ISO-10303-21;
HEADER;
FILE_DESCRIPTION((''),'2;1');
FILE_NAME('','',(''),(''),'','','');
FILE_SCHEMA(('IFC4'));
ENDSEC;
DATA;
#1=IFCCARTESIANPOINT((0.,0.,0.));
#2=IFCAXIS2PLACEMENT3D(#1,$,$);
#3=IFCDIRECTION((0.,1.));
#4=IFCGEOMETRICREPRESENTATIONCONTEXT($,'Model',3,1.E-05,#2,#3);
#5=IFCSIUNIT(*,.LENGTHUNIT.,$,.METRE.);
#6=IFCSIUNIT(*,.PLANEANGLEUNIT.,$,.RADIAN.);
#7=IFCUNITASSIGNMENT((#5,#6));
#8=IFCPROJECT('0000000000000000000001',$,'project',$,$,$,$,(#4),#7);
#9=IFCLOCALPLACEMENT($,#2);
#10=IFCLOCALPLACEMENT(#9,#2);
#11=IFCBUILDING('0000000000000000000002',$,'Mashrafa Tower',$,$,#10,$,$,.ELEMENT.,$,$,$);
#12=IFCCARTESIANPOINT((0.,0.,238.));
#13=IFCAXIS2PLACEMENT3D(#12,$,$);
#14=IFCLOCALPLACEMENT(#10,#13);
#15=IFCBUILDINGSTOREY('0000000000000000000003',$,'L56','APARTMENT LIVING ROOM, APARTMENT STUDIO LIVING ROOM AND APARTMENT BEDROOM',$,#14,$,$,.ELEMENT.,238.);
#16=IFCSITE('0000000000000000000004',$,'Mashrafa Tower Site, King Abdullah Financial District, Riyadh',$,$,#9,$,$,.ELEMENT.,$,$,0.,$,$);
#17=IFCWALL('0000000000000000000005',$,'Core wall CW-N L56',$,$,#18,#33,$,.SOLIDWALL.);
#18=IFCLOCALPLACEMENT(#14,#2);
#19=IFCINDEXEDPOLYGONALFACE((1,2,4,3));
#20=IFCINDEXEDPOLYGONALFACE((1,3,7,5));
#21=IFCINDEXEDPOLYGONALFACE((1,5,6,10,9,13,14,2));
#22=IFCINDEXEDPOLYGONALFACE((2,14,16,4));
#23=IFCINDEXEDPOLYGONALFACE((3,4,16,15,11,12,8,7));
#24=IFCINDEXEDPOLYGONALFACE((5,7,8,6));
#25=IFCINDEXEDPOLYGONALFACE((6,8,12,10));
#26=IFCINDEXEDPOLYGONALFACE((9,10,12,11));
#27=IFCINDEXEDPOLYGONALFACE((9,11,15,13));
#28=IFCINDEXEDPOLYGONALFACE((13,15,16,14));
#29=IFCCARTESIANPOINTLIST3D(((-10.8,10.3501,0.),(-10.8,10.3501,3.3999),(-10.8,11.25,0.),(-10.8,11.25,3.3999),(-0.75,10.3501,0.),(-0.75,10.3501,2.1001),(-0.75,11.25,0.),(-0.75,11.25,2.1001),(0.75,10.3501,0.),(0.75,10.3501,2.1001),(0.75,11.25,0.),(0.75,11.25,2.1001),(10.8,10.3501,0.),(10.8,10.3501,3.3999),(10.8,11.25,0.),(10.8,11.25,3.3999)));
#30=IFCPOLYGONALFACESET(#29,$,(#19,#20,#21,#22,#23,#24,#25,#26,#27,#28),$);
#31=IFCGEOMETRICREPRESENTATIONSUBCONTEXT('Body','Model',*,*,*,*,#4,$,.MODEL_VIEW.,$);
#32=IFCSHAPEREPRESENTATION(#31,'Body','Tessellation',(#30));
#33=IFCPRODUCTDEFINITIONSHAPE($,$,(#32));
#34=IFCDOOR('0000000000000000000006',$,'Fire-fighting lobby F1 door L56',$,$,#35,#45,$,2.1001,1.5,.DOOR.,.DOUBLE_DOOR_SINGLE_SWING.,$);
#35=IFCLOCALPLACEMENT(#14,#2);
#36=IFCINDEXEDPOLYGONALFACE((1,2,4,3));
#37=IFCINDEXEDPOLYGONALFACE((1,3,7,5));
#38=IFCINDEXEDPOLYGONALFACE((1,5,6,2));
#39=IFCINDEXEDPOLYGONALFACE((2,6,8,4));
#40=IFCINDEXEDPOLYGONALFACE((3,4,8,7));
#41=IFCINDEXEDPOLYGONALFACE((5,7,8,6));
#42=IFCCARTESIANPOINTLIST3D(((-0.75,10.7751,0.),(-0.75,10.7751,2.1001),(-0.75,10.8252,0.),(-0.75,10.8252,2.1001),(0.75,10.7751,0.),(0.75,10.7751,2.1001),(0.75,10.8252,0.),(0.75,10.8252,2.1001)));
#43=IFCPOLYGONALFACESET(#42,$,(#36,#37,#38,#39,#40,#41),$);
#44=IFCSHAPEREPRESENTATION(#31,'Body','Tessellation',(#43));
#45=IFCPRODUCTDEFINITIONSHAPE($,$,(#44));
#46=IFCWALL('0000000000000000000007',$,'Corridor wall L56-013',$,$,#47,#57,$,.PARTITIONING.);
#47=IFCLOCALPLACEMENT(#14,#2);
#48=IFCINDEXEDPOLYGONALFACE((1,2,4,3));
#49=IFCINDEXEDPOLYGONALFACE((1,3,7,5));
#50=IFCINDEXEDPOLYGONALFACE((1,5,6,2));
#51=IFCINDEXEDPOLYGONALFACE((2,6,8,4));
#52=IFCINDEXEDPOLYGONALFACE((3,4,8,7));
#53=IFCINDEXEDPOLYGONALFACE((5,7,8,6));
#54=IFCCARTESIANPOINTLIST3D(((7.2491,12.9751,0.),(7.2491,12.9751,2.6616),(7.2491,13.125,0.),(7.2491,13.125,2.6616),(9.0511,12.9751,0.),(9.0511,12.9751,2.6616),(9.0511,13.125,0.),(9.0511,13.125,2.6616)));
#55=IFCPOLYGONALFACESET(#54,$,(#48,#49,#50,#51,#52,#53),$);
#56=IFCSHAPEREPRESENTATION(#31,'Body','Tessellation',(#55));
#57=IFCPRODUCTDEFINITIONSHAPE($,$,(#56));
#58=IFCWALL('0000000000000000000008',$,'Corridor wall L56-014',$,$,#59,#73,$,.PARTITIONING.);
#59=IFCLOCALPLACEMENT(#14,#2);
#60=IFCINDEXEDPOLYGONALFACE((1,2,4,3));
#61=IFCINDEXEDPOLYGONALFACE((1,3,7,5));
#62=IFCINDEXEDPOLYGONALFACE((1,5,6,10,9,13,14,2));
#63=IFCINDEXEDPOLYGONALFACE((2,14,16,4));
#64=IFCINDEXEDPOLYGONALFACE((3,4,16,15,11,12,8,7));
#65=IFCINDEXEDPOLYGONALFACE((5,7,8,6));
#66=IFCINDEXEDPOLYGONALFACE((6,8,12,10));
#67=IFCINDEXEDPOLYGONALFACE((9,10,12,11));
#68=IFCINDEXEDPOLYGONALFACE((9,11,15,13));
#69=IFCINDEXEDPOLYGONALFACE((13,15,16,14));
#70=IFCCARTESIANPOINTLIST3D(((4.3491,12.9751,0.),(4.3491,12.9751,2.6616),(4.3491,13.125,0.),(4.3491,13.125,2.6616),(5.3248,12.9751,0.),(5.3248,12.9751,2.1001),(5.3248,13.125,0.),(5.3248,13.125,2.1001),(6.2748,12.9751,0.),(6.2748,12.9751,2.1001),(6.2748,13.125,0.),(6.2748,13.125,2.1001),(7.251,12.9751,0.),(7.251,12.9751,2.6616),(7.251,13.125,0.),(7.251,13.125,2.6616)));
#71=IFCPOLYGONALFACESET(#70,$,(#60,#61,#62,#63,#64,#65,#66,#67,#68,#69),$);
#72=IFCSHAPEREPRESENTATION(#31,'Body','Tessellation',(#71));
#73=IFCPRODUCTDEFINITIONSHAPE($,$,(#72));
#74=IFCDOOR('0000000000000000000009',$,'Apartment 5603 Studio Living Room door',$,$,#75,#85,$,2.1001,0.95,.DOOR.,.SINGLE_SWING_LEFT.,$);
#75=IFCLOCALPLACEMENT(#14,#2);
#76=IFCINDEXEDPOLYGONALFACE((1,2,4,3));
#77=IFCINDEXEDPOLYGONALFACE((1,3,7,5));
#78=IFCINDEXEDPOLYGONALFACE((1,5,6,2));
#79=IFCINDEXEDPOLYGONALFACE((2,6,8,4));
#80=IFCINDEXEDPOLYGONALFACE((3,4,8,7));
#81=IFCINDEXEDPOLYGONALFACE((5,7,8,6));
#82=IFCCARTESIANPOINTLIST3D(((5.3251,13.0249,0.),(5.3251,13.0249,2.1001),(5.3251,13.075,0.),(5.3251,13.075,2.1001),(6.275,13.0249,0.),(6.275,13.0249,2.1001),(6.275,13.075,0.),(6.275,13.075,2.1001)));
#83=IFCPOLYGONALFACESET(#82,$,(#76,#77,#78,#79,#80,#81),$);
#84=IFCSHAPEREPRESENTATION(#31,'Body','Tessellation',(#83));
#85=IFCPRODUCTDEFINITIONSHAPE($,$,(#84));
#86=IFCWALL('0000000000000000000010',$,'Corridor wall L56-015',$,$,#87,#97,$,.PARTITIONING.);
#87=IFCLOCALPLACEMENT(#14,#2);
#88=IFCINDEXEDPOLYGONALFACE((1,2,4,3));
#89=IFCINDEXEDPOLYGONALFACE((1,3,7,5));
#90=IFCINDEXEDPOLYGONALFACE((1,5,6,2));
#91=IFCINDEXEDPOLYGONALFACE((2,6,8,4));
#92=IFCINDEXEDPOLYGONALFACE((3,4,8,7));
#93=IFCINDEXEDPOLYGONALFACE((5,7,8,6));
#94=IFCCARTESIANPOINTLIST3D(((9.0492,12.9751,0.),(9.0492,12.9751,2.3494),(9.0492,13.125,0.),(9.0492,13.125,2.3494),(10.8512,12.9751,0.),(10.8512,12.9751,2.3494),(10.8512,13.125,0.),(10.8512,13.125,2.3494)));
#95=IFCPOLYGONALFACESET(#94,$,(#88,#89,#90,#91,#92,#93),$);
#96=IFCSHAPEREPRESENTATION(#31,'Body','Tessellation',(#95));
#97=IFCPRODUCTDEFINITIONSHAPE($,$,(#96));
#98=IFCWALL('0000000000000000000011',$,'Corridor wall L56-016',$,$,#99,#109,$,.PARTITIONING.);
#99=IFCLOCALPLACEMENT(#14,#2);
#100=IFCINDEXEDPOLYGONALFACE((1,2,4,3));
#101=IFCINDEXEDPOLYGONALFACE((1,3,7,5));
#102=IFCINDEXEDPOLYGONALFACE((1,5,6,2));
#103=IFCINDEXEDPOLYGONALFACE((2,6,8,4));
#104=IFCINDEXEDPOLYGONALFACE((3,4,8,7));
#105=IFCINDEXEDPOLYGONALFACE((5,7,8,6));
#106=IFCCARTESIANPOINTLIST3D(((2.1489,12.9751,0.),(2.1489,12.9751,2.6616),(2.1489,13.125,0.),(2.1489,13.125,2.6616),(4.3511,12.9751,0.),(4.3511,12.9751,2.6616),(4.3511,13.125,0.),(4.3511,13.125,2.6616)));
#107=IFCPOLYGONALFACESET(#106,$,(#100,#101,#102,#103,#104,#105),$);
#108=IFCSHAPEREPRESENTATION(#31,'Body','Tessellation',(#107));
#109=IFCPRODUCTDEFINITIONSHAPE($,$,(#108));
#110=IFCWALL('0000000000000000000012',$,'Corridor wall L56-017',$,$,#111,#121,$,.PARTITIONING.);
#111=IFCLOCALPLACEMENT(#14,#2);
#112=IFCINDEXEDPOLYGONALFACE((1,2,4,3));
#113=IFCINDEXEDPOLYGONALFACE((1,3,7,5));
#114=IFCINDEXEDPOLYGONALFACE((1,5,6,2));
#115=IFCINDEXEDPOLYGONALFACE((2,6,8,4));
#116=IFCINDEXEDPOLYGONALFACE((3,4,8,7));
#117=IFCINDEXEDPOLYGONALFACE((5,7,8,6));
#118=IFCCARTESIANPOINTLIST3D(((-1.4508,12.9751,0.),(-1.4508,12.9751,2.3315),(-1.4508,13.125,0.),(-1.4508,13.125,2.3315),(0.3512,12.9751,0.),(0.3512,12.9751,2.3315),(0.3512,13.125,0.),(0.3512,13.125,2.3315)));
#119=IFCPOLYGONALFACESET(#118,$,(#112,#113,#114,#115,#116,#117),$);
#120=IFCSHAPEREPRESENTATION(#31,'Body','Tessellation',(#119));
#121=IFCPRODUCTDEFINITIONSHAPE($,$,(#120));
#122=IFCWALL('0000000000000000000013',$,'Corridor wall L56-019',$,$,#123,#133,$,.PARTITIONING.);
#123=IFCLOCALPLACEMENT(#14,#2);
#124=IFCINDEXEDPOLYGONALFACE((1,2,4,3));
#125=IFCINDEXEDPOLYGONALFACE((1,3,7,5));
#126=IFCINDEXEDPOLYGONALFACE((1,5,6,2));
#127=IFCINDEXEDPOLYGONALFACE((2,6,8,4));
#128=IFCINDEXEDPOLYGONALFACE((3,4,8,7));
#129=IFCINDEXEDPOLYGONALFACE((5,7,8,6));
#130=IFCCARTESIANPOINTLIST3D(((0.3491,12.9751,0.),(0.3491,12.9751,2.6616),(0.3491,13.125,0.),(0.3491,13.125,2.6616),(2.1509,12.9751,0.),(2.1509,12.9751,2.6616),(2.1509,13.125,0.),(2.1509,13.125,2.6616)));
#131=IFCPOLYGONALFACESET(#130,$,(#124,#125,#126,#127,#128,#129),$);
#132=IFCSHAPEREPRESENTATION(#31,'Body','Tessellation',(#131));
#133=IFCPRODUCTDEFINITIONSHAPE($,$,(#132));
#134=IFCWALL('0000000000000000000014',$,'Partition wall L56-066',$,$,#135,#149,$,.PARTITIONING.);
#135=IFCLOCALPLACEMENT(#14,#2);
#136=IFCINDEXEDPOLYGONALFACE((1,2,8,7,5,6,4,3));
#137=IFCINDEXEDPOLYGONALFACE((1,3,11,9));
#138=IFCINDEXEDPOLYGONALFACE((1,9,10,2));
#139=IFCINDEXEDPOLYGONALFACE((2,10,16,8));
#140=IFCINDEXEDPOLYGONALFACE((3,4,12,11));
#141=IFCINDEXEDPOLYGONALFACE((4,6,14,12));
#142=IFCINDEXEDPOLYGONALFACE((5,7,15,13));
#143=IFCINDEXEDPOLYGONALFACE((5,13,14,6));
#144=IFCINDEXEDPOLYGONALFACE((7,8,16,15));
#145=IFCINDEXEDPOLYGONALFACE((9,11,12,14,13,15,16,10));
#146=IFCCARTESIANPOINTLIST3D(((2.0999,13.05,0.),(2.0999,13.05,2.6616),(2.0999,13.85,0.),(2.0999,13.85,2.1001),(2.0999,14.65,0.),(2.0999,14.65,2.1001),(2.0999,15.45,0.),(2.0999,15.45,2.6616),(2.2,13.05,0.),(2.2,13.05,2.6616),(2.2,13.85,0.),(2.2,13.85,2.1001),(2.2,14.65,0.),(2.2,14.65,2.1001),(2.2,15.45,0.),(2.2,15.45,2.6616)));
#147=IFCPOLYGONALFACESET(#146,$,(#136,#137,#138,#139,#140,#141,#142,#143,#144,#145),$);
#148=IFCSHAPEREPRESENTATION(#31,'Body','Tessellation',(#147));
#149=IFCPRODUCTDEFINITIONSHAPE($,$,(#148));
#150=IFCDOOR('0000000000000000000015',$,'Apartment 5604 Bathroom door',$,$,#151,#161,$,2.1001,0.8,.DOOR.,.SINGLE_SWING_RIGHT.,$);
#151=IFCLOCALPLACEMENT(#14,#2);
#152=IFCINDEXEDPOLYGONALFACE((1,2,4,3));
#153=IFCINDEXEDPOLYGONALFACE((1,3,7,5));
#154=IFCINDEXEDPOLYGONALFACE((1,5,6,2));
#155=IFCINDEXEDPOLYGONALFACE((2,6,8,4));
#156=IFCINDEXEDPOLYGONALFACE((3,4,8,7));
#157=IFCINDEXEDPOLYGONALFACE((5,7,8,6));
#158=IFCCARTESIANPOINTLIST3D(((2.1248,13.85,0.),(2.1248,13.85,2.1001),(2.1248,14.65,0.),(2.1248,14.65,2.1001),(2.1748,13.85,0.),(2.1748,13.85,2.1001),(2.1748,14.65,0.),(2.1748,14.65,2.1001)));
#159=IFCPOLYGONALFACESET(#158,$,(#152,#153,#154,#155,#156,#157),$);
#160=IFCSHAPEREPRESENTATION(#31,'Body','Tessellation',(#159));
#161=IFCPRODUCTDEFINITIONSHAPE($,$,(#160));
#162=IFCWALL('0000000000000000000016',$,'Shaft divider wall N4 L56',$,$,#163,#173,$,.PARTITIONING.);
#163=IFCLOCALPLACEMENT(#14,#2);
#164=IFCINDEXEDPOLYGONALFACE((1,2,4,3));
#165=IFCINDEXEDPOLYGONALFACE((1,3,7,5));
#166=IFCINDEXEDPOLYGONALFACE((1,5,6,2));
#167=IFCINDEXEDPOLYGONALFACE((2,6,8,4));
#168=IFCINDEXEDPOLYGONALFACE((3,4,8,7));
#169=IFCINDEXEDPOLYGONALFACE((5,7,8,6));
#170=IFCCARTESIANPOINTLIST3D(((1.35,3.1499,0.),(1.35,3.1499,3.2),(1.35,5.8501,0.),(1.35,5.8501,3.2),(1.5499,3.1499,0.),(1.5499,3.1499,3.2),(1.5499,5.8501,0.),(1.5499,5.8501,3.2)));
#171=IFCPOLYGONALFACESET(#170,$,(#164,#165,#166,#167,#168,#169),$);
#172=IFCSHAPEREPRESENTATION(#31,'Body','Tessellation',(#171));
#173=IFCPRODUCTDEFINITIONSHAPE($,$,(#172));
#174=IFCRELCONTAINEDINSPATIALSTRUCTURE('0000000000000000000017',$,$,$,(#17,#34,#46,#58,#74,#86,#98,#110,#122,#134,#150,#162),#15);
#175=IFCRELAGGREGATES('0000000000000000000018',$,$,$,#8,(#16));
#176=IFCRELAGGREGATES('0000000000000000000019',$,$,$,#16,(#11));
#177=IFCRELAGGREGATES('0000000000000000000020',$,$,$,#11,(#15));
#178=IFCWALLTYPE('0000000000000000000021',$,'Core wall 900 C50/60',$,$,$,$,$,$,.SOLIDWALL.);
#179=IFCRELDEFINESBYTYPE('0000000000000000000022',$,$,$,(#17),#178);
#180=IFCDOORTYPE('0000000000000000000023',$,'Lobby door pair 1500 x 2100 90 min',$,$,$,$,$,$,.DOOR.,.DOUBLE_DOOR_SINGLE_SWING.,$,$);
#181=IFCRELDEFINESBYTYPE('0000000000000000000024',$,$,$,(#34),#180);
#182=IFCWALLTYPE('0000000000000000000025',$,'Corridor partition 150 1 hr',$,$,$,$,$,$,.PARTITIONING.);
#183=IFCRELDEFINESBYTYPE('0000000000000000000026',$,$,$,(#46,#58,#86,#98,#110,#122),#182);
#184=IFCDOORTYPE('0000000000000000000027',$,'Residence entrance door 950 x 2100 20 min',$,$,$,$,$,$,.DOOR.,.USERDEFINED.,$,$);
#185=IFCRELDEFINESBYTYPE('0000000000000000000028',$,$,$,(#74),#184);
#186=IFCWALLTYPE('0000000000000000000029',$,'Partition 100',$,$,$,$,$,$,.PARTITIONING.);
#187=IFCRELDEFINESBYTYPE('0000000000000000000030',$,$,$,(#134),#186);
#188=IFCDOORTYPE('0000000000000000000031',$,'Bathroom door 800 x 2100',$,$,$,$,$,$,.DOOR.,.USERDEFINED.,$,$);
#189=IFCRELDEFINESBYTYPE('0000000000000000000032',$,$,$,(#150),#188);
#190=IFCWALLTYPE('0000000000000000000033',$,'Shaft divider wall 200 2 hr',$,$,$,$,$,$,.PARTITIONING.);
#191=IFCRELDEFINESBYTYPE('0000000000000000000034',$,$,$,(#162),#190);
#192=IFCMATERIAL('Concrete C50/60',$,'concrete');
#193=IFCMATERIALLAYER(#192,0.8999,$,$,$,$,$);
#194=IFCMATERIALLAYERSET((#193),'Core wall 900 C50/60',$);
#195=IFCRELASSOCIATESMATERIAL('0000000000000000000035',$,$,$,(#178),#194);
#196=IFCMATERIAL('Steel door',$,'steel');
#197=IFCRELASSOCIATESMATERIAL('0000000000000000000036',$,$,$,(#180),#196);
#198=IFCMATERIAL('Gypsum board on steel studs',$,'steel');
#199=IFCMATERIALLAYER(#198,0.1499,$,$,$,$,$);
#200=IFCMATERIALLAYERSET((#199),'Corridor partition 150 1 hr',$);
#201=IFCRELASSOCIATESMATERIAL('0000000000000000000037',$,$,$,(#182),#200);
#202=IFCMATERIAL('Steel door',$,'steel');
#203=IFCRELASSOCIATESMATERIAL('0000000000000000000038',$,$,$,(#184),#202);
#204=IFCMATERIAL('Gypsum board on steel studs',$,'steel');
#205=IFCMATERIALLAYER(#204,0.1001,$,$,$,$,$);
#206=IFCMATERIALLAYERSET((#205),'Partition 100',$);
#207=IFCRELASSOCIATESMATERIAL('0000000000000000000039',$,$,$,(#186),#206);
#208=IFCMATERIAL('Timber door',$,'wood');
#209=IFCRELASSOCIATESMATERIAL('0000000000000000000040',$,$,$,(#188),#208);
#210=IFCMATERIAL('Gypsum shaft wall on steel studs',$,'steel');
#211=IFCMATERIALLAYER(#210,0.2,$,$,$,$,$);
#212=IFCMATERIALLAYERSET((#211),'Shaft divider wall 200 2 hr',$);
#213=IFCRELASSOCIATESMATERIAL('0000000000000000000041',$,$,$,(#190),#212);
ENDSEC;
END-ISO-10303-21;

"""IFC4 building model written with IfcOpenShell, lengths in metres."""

from ifc_helpers import new_model, si_unit, direction, frame, frame_2d, origin, place, context, subcontext, project, spatial, rectangle, extrude, material, layer, layer_set, type_object, element, fill, save


model = new_model("IFC4")

# Units and contexts
model_context = context("Model", 3, precision=1e-05, world=origin(), true_north=direction((0.0, 1.0)))
body_context = subcontext(model_context, "Body", "Model", "MODEL_VIEW")
ifc_project = project(units=[si_unit("LENGTHUNIT", "METRE"), si_unit("PLANEANGLEUNIT", "RADIAN")], contexts=[model_context])

# Site, building, storey
site_placement = place(None, origin())
site = spatial("IfcSite", under=ifc_project, at=site_placement, Name="Mashrafa Tower Site, King Abdullah Financial District, Riyadh", CompositionType="ELEMENT", RefElevation=0.0)
building_placement = place(site_placement, origin())
building = spatial("IfcBuilding", under=site, at=building_placement, Name="Mashrafa Tower", CompositionType="ELEMENT")
storey_placement = place(building_placement, frame((0.0, 0.0, 238.0)))
storey = spatial("IfcBuildingStorey", under=building, at=storey_placement, Name="L56", Description="APARTMENT LIVING ROOM, APARTMENT STUDIO LIVING ROOM AND APARTMENT BEDROOM", CompositionType="ELEMENT", Elevation=238.0)

# Wall, opening, door
ifc_material_1 = material(Name="Concrete C50/60", Category="concrete")
ifc_layer_1 = layer(ifc_material_1, 0.8999)
ifc_layer_set_1 = layer_set([ifc_layer_1], Name="Core wall 900 C50/60")
wall_type_1 = type_object("IfcWallType", Name="Core wall 900 C50/60", PredefinedType="SOLIDWALL", material=ifc_layer_set_1)
wall_1_placement = place(storey_placement, frame((10.8, 10.8, 0.0), z_axis=(0.0, 0.0, 1.0), x_axis=(-1.0, 0.0, 0.0)))
wall_1 = element("IfcWall", 1, at=wall_1_placement, inside=storey, type_object=wall_type_1, Name="Core wall CW-N L56", PredefinedType="SOLIDWALL", context=body_context, shape_type="SweptSolid", body=[
    extrude(rectangle(XDim=21.6001, YDim=0.8999, at=frame_2d((10.8, 0.0))), origin(), (0.0, 0.0, 1.0), 3.3999),
])
opening_1_placement = place(wall_1_placement, frame((10.05, 0.0, 0.0)))
opening_1 = element("IfcOpeningElement", 2, at=opening_1_placement, cuts=wall_1, PredefinedType="OPENING", context=body_context, shape_type="SweptSolid", body=[
    extrude(rectangle(XDim=1.5, YDim=2.1001, at=frame_2d((0.75, 1.05))), frame((0.0, 0.46, 0.0), z_axis=(0.0, -1.0, 0.0), x_axis=(1.0, 0.0, 0.0)), (0.0, 0.0, 1.0), 0.9199),
])
ifc_material_2 = material(Name="Steel door", Category="steel")
door_type_1 = type_object("IfcDoorType", Name="Lobby door pair 1500 x 2100 90 min", OperationType="DOUBLE_DOOR_SINGLE_SWING", PredefinedType="DOOR", material=ifc_material_2)
door_1_placement = place(opening_1_placement, origin())
door_1 = element("IfcDoor", 3, at=door_1_placement, inside=storey, type_object=door_type_1, Name="Fire-fighting lobby F1 door L56", OperationType="DOUBLE_DOOR_SINGLE_SWING", OverallHeight=2.1001, OverallWidth=1.5, PredefinedType="DOOR", context=body_context, shape_type="SweptSolid", body=[
    extrude(rectangle(XDim=1.5, YDim=2.1001, at=frame_2d((0.75, 1.05))), frame((0.0, 0.0249, 0.0), z_axis=(0.0, -1.0, 0.0), x_axis=(1.0, 0.0, 0.0)), (0.0, 0.0, 1.0), 0.05),
])
fill(opening_1, door_1)

# Wall
ifc_material_3 = material(Name="Gypsum board on steel studs", Category="steel")
ifc_layer_2 = layer(ifc_material_3, 0.1499)
ifc_layer_set_2 = layer_set([ifc_layer_2], Name="Corridor partition 150 1 hr")
wall_type_2 = type_object("IfcWallType", Name="Corridor partition 150 1 hr", PredefinedType="PARTITIONING", material=ifc_layer_set_2)
wall_2_placement = place(storey_placement, frame((9.051, 13.05, 0.0), z_axis=(0.0, 0.0, 1.0), x_axis=(-1.0, 0.0, 0.0)))
element("IfcWall", 4, at=wall_2_placement, inside=storey, type_object=wall_type_2, Name="Corridor wall L56-013", PredefinedType="PARTITIONING", context=body_context, shape_type="SweptSolid", body=[
    extrude(rectangle(XDim=1.802, YDim=0.1499, at=frame_2d((0.9009, 0.0))), origin(), (0.0, 0.0, 1.0), 2.6616),
])

# Wall, opening, door
wall_3_placement = place(storey_placement, frame((7.251, 13.05, 0.0), z_axis=(0.0, 0.0, 1.0), x_axis=(-1.0, 0.0, 0.0)))
wall_3 = element("IfcWall", 5, at=wall_3_placement, inside=storey, type_object=wall_type_2, Name="Corridor wall L56-014", PredefinedType="PARTITIONING", context=body_context, shape_type="SweptSolid", body=[
    extrude(rectangle(XDim=2.9019, YDim=0.1499, at=frame_2d((1.4509, 0.0))), origin(), (0.0, 0.0, 1.0), 2.6616),
])
opening_2_placement = place(wall_3_placement, frame((0.9761, 0.0, 0.0)))
opening_2 = element("IfcOpeningElement", 6, at=opening_2_placement, cuts=wall_3, PredefinedType="OPENING", context=body_context, shape_type="SweptSolid", body=[
    extrude(rectangle(XDim=0.95, YDim=2.1001, at=frame_2d((0.4751, 1.05))), frame((0.0, 0.085, 0.0), z_axis=(0.0, -1.0, 0.0), x_axis=(1.0, 0.0, 0.0)), (0.0, 0.0, 1.0), 0.1699),
])
ifc_material_4 = material(Name="Steel door", Category="steel")
door_type_2 = type_object("IfcDoorType", Name="Residence entrance door 950 x 2100 20 min", OperationType="USERDEFINED", PredefinedType="DOOR", material=ifc_material_4)
door_2_placement = place(opening_2_placement, frame((0.95, 0.0, 0.0), z_axis=(0.0, 0.0, 1.0), x_axis=(-1.0, 0.0, 0.0)))
door_2 = element("IfcDoor", 7, at=door_2_placement, inside=storey, type_object=door_type_2, Name="Apartment 5603 Studio Living Room door", OperationType="SINGLE_SWING_LEFT", OverallHeight=2.1001, OverallWidth=0.95, PredefinedType="DOOR", context=body_context, shape_type="SweptSolid", body=[
    extrude(rectangle(XDim=0.95, YDim=2.1001, at=frame_2d((0.4751, 1.05))), frame((0.0, 0.0249, 0.0), z_axis=(0.0, -1.0, 0.0), x_axis=(1.0, 0.0, 0.0)), (0.0, 0.0, 1.0), 0.05),
])
fill(opening_2, door_2)

# Walls
wall_4_placement = place(storey_placement, frame((10.8511, 13.05, 0.0), z_axis=(0.0, 0.0, 1.0), x_axis=(-1.0, 0.0, 0.0)))
element("IfcWall", 8, at=wall_4_placement, inside=storey, type_object=wall_type_2, Name="Corridor wall L56-015", PredefinedType="PARTITIONING", context=body_context, shape_type="SweptSolid", body=[
    extrude(rectangle(XDim=1.802, YDim=0.1499, at=frame_2d((0.9009, 0.0))), origin(), (0.0, 0.0, 1.0), 2.3494),
])
wall_5_placement = place(storey_placement, frame((4.3511, 13.05, 0.0), z_axis=(0.0, 0.0, 1.0), x_axis=(-1.0, 0.0, 0.0)))
element("IfcWall", 9, at=wall_5_placement, inside=storey, type_object=wall_type_2, Name="Corridor wall L56-016", PredefinedType="PARTITIONING", context=body_context, shape_type="SweptSolid", body=[
    extrude(rectangle(XDim=2.2021, YDim=0.1499, at=frame_2d((1.1011, 0.0))), origin(), (0.0, 0.0, 1.0), 2.6616),
])
wall_6_placement = place(storey_placement, frame((0.3511, 13.05, 0.0), z_axis=(0.0, 0.0, 1.0), x_axis=(-1.0, 0.0, 0.0)))
element("IfcWall", 10, at=wall_6_placement, inside=storey, type_object=wall_type_2, Name="Corridor wall L56-017", PredefinedType="PARTITIONING", context=body_context, shape_type="SweptSolid", body=[
    extrude(rectangle(XDim=1.802, YDim=0.1499, at=frame_2d((0.9009, 0.0))), origin(), (0.0, 0.0, 1.0), 2.3315),
])
wall_7_placement = place(storey_placement, frame((2.1509, 13.05, 0.0), z_axis=(0.0, 0.0, 1.0), x_axis=(-1.0, 0.0, 0.0)))
element("IfcWall", 11, at=wall_7_placement, inside=storey, type_object=wall_type_2, Name="Corridor wall L56-019", PredefinedType="PARTITIONING", context=body_context, shape_type="SweptSolid", body=[
    extrude(rectangle(XDim=1.8018, YDim=0.1499, at=frame_2d((0.9009, 0.0))), origin(), (0.0, 0.0, 1.0), 2.6616),
])

# Wall, opening, door
ifc_material_5 = material(Name="Gypsum board on steel studs", Category="steel")
ifc_layer_3 = layer(ifc_material_5, 0.1001)
ifc_layer_set_3 = layer_set([ifc_layer_3], Name="Partition 100")
wall_type_3 = type_object("IfcWallType", Name="Partition 100", PredefinedType="PARTITIONING", material=ifc_layer_set_3)
wall_8_placement = place(storey_placement, frame((2.1499, 15.45, 0.0), z_axis=(0.0, 0.0, 1.0), x_axis=(0.0, -1.0, 0.0)))
wall_8 = element("IfcWall", 12, at=wall_8_placement, inside=storey, type_object=wall_type_3, Name="Partition wall L56-066", PredefinedType="PARTITIONING", context=body_context, shape_type="SweptSolid", body=[
    extrude(rectangle(XDim=2.3999, YDim=0.1001, at=frame_2d((1.2, 0.0))), origin(), (0.0, 0.0, 1.0), 2.6616),
])
opening_3_placement = place(wall_8_placement, frame((0.8, 0.0, 0.0)))
opening_3 = element("IfcOpeningElement", 13, at=opening_3_placement, cuts=wall_8, PredefinedType="OPENING", context=body_context, shape_type="SweptSolid", body=[
    extrude(rectangle(XDim=0.8, YDim=2.1001, at=frame_2d((0.3999, 1.05))), frame((0.0, 0.0601, 0.0), z_axis=(0.0, -1.0, 0.0), x_axis=(1.0, 0.0, 0.0)), (0.0, 0.0, 1.0), 0.1201),
])
ifc_material_6 = material(Name="Timber door", Category="wood")
door_type_3 = type_object("IfcDoorType", Name="Bathroom door 800 x 2100", OperationType="USERDEFINED", PredefinedType="DOOR", material=ifc_material_6)
door_3_placement = place(opening_3_placement, origin())
door_3 = element("IfcDoor", 14, at=door_3_placement, inside=storey, type_object=door_type_3, Name="Apartment 5604 Bathroom door", OperationType="SINGLE_SWING_RIGHT", OverallHeight=2.1001, OverallWidth=0.8, PredefinedType="DOOR", context=body_context, shape_type="SweptSolid", body=[
    extrude(rectangle(XDim=0.8, YDim=2.1001, at=frame_2d((0.3999, 1.05))), frame((0.0, 0.0249, 0.0), z_axis=(0.0, -1.0, 0.0), x_axis=(1.0, 0.0, 0.0)), (0.0, 0.0, 1.0), 0.05),
])
fill(opening_3, door_3)

# Wall
ifc_material_7 = material(Name="Gypsum shaft wall on steel studs", Category="steel")
ifc_layer_4 = layer(ifc_material_7, 0.2)
ifc_layer_set_4 = layer_set([ifc_layer_4], Name="Shaft divider wall 200 2 hr")
wall_type_4 = type_object("IfcWallType", Name="Shaft divider wall 200 2 hr", PredefinedType="PARTITIONING", material=ifc_layer_set_4)
for number, where, z_axis, x_axis, name in (
    (15, (1.45, 3.1499, 0.0), (0.0, 0.0, 1.0), (0.0, 1.0, 0.0), "Shaft divider wall N4 L56"),
):
    element("IfcWall", number, at=place(storey_placement, frame(where, z_axis=z_axis, x_axis=x_axis)), inside=storey, type_object=wall_type_4, Name=name, PredefinedType="PARTITIONING", context=body_context, shape_type="SweptSolid", body=[
        extrude(rectangle(XDim=2.7002, YDim=0.2, at=frame_2d((1.3501, 0.0))), origin(), (0.0, 0.0, 1.0), 3.2),
    ])

save(model, "model.ifc")
